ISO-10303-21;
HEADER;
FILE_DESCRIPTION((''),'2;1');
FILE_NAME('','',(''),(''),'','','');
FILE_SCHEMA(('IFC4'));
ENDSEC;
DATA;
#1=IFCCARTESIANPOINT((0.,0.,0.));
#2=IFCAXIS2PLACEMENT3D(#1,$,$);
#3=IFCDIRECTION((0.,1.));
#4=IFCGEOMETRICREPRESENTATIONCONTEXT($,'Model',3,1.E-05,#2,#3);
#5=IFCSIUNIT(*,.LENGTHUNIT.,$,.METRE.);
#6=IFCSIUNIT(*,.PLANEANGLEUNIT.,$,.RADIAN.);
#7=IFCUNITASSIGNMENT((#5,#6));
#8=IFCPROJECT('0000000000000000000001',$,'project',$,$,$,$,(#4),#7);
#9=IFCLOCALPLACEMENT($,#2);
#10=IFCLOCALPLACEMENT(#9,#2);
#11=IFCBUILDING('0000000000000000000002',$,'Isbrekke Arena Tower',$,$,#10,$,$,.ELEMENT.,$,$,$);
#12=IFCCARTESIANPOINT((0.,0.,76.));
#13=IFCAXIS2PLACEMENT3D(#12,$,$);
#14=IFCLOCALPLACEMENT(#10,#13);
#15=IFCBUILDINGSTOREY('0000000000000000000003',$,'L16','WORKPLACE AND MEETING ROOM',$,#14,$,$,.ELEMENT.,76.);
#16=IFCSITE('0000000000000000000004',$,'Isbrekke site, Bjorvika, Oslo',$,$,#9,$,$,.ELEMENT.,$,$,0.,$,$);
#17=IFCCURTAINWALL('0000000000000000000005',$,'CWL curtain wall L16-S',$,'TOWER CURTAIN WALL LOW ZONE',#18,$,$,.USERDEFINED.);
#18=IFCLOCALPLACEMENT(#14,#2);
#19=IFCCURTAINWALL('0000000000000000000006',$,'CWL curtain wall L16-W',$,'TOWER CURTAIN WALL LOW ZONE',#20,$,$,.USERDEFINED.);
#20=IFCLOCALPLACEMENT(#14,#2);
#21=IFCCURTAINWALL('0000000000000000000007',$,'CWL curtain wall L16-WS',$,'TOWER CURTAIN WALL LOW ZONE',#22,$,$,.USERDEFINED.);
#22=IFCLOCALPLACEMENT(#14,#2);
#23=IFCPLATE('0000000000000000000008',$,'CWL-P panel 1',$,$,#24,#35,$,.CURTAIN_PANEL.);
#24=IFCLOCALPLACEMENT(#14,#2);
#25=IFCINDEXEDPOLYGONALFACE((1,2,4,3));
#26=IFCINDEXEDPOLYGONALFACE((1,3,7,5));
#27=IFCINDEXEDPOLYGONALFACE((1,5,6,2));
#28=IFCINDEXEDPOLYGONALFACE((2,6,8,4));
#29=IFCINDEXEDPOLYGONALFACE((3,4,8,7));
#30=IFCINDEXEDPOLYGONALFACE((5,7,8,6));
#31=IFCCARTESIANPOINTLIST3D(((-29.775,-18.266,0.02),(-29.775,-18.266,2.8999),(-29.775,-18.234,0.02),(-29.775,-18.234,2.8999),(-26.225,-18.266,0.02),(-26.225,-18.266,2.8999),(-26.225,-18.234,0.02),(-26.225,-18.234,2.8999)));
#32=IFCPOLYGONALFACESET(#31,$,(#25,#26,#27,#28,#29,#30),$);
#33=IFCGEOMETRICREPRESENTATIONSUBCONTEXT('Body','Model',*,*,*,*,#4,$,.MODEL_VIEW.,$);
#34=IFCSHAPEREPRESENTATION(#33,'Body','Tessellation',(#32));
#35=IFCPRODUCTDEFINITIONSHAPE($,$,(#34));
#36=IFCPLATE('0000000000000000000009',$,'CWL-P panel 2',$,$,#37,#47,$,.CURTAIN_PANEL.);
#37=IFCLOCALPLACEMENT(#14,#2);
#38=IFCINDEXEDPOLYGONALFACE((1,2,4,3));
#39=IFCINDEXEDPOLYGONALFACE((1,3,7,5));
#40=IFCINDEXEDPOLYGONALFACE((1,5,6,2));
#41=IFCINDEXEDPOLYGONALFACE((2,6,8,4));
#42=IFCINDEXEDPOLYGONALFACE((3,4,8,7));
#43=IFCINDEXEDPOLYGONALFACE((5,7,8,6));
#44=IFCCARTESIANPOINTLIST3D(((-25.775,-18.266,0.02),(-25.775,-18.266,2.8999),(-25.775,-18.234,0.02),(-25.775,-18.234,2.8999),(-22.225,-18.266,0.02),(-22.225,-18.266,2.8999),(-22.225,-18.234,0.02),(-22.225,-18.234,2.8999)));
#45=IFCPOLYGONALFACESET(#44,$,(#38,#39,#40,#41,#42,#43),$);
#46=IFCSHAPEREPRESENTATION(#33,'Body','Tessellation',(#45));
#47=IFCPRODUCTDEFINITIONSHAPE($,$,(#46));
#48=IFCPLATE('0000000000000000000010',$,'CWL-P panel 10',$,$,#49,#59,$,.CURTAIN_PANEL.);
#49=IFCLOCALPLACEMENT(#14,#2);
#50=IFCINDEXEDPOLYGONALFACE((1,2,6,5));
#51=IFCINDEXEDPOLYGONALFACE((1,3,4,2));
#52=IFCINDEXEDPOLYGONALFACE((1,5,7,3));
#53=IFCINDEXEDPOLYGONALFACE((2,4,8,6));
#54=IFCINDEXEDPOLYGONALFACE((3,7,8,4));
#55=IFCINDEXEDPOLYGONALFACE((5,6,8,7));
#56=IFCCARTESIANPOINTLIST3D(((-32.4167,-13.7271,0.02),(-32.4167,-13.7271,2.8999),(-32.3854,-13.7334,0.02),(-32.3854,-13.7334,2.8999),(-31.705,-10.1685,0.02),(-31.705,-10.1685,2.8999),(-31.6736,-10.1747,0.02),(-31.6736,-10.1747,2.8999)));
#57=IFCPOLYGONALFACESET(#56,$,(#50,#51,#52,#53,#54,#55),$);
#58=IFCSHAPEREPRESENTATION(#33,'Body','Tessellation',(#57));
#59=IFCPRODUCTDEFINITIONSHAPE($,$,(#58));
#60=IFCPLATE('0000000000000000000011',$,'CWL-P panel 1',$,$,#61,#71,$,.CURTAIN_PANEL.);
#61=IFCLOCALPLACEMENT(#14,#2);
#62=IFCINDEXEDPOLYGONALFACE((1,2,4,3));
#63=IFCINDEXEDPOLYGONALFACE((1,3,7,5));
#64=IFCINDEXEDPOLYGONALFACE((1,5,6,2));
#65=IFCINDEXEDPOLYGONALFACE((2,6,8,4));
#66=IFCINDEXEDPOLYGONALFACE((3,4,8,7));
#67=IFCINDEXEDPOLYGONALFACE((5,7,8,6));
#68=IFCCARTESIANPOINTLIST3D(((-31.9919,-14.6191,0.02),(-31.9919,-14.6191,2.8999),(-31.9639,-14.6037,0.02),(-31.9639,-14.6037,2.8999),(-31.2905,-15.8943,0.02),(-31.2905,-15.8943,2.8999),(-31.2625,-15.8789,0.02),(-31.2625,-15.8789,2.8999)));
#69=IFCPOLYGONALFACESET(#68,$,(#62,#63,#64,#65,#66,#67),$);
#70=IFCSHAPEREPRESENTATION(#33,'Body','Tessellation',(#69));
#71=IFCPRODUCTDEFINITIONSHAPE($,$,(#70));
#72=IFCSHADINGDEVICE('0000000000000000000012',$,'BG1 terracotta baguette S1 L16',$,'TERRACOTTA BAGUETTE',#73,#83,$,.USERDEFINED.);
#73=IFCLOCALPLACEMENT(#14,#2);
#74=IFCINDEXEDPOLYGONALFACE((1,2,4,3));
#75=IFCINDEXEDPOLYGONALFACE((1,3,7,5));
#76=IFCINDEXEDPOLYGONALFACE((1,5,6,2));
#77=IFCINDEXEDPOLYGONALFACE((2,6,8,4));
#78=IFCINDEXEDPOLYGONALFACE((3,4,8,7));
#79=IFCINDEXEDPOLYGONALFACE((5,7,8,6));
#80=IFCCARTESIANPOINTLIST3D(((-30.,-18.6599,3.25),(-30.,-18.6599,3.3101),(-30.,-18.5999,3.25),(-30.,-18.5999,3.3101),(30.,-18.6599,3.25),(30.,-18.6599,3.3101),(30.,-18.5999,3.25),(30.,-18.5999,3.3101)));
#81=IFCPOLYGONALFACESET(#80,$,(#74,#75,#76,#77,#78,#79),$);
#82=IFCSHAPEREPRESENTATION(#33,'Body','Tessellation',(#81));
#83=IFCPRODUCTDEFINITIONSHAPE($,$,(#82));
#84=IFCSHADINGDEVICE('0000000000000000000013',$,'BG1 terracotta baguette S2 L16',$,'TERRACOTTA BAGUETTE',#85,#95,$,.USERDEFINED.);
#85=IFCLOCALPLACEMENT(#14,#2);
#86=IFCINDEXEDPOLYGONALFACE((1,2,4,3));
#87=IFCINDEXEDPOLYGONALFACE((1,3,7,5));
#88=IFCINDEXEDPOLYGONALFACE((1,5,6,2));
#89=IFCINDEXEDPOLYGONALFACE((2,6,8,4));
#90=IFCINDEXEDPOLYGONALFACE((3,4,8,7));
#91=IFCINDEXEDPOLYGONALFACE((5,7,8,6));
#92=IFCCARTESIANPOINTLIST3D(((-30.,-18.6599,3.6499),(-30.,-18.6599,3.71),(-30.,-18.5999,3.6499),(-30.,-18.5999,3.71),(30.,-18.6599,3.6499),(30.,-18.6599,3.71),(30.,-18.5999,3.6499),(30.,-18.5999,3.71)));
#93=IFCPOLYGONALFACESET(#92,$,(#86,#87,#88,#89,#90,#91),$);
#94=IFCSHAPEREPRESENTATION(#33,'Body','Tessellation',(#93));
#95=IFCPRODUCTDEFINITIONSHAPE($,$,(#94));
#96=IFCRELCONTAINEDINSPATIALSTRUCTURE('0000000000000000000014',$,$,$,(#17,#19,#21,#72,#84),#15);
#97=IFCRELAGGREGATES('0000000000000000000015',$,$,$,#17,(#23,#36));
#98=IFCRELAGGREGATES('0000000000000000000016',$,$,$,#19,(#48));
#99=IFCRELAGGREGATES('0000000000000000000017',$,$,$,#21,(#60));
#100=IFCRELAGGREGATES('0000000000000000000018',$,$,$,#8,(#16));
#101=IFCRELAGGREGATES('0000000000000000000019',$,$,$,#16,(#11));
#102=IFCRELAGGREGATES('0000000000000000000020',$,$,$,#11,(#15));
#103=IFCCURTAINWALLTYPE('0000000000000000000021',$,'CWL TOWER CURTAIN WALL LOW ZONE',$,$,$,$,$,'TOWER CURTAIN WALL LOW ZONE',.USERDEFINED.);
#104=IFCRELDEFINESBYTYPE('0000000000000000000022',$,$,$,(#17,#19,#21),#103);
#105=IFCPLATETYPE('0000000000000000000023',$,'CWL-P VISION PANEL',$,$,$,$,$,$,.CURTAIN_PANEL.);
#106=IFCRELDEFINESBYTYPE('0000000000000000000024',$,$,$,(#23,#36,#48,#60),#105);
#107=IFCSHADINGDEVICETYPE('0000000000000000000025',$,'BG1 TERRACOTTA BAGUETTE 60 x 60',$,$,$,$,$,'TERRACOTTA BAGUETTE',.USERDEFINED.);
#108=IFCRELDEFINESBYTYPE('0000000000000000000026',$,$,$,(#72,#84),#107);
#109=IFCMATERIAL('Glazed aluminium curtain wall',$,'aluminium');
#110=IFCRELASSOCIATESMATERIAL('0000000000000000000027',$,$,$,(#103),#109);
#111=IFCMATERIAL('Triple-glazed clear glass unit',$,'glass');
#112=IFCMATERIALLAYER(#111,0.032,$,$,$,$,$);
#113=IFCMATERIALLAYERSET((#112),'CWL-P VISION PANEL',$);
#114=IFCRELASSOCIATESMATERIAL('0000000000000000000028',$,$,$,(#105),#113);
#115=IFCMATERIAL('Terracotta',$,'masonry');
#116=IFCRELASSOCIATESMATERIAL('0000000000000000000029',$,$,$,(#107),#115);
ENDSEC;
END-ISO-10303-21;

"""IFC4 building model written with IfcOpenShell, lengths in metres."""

from ifc_helpers import new_model, si_unit, direction, frame, origin, origin_2d, place, context, subcontext, project, spatial, rectangle, extrude, material, layer, layer_set, material_profile, profile_set, type_object, element, aggregate, save


model = new_model("IFC4")

# Units and contexts
model_context = context("Model", 3, precision=1e-05, world=origin(), true_north=direction((0.0, 1.0)))
body_context = subcontext(model_context, "Body", "Model", "MODEL_VIEW")
ifc_project = project(units=[si_unit("LENGTHUNIT", "METRE"), si_unit("PLANEANGLEUNIT", "RADIAN")], contexts=[model_context])

# Site, building, storey
site_placement = place(None, origin())
site = spatial("IfcSite", under=ifc_project, at=site_placement, Name="Isbrekke site, Bjorvika, Oslo", CompositionType="ELEMENT", RefElevation=0.0)
building_placement = place(site_placement, origin())
building = spatial("IfcBuilding", under=site, at=building_placement, Name="Isbrekke Arena Tower", CompositionType="ELEMENT")
storey_placement = place(building_placement, frame((0.0, 0.0, 76.0)))
storey = spatial("IfcBuildingStorey", under=building, at=storey_placement, Name="L16", Description="WORKPLACE AND MEETING ROOM", CompositionType="ELEMENT", Elevation=76.0)

# Curtain wall
ifc_material_1 = material(Name="Glazed aluminium curtain wall", Category="aluminium")
curtain_wall_type = type_object("IfcCurtainWallType", Name="CWL TOWER CURTAIN WALL LOW ZONE", ElementType="TOWER CURTAIN WALL LOW ZONE", PredefinedType="USERDEFINED", material=ifc_material_1)
curtain_wall_1_placement = place(storey_placement, origin())
curtain_wall_1 = element("IfcCurtainWall", 1, at=curtain_wall_1_placement, inside=storey, type_object=curtain_wall_type, Name="CWL curtain wall L16-S", ObjectType="TOWER CURTAIN WALL LOW ZONE", PredefinedType="USERDEFINED")

# Curtain wall
curtain_wall_2_placement = place(storey_placement, origin())
curtain_wall_2 = element("IfcCurtainWall", 2, at=curtain_wall_2_placement, inside=storey, type_object=curtain_wall_type, Name="CWL curtain wall L16-W", ObjectType="TOWER CURTAIN WALL LOW ZONE", PredefinedType="USERDEFINED")

# Curtain wall
curtain_wall_3_placement = place(storey_placement, origin())
curtain_wall_3 = element("IfcCurtainWall", 3, at=curtain_wall_3_placement, inside=storey, type_object=curtain_wall_type, Name="CWL curtain wall L16-WS", ObjectType="TOWER CURTAIN WALL LOW ZONE", PredefinedType="USERDEFINED")

# Plates
ifc_material_2 = material(Name="Triple-glazed clear glass unit", Category="glass")
ifc_layer = layer(ifc_material_2, 0.032)
ifc_layer_set = layer_set([ifc_layer], Name="CWL-P VISION PANEL")
plate_type = type_object("IfcPlateType", Name="CWL-P VISION PANEL", PredefinedType="CURTAIN_PANEL", material=ifc_layer_set)
plate_1_placement = place(storey_placement, frame((-28.0, -18.25, 0.02), z_axis=(0.0, 0.0, 1.0), x_axis=(1.0, 0.0, 0.0)))
plate_1 = element("IfcPlate", 4, at=plate_1_placement, type_object=plate_type, Name="CWL-P panel 1", PredefinedType="CURTAIN_PANEL", context=body_context, shape_type="SweptSolid", body=[
    extrude(rectangle(XDim=3.55, YDim=0.032, at=origin_2d()), origin(), (0.0, 0.0, 1.0), 2.8799),
])
plate_2_placement = place(storey_placement, frame((-24.0, -18.25, 0.02), z_axis=(0.0, 0.0, 1.0), x_axis=(1.0, 0.0, 0.0)))
plate_2 = element("IfcPlate", 5, at=plate_2_placement, type_object=plate_type, Name="CWL-P panel 2", PredefinedType="CURTAIN_PANEL", context=body_context, shape_type="SweptSolid", body=[
    extrude(rectangle(XDim=3.55, YDim=0.032, at=origin_2d()), origin(), (0.0, 0.0, 1.0), 2.8799),
])
aggregate(curtain_wall_1, [plate_1, plate_2])
plate_3_placement = place(storey_placement, frame((-32.0452, -11.9509, 0.02), z_axis=(0.0, 0.0, 1.0), x_axis=(-0.196116, -0.980581, 0.0)))
plate_3 = element("IfcPlate", 6, at=plate_3_placement, type_object=plate_type, Name="CWL-P panel 10", PredefinedType="CURTAIN_PANEL", context=body_context, shape_type="SweptSolid", body=[
    extrude(rectangle(XDim=3.6292, YDim=0.032, at=origin_2d()), origin(), (0.0, 0.0, 1.0), 2.8799),
])
aggregate(curtain_wall_2, [plate_3])
plate_4_placement = place(storey_placement, frame((-31.6272, -15.249, 0.02), z_axis=(0.0, 0.0, 1.0), x_axis=(0.481919, -0.876216, 0.0)))
plate_4 = element("IfcPlate", 7, at=plate_4_placement, type_object=plate_type, Name="CWL-P panel 1", PredefinedType="CURTAIN_PANEL", context=body_context, shape_type="SweptSolid", body=[
    extrude(rectangle(XDim=1.4553, YDim=0.032, at=origin_2d()), origin(), (0.0, 0.0, 1.0), 2.8799),
])
aggregate(curtain_wall_3, [plate_4])

# Shading devices
ifc_material_3 = material(Name="Terracotta", Category="masonry")
ifc_material_profile_1 = material_profile(ifc_material_3, rectangle(XDim=0.0601, YDim=0.0601, at=origin_2d()), Name="BAGUETTE 60X60")
ifc_profile_set_1 = profile_set([ifc_material_profile_1], Name="Terracotta")
shading_device_type = type_object("IfcShadingDeviceType", Name="BG1 TERRACOTTA BAGUETTE 60 x 60", ElementType="TERRACOTTA BAGUETTE", PredefinedType="USERDEFINED", material=ifc_profile_set_1)
for number, where, z_axis, x_axis, name in (
    (8, (-30.0, -18.6299, 3.28), (1.0, 0.0, 0.0), (0.0, 1.0, 0.0), "BG1 terracotta baguette S1 L16"),
    (9, (-30.0, -18.6299, 3.6799), (1.0, 0.0, 0.0), (0.0, 1.0, 0.0), "BG1 terracotta baguette S2 L16"),
):
    element("IfcShadingDevice", number, at=place(storey_placement, frame(where, z_axis=z_axis, x_axis=x_axis)), inside=storey, type_object=shading_device_type, Name=name, ObjectType="TERRACOTTA BAGUETTE", PredefinedType="USERDEFINED", context=body_context, shape_type="SweptSolid", body=[
        extrude(rectangle(XDim=0.0601, YDim=0.0601, at=origin_2d()), origin(), (0.0, 0.0, 1.0), 60.0),
    ])

save(model, "model.ifc")
